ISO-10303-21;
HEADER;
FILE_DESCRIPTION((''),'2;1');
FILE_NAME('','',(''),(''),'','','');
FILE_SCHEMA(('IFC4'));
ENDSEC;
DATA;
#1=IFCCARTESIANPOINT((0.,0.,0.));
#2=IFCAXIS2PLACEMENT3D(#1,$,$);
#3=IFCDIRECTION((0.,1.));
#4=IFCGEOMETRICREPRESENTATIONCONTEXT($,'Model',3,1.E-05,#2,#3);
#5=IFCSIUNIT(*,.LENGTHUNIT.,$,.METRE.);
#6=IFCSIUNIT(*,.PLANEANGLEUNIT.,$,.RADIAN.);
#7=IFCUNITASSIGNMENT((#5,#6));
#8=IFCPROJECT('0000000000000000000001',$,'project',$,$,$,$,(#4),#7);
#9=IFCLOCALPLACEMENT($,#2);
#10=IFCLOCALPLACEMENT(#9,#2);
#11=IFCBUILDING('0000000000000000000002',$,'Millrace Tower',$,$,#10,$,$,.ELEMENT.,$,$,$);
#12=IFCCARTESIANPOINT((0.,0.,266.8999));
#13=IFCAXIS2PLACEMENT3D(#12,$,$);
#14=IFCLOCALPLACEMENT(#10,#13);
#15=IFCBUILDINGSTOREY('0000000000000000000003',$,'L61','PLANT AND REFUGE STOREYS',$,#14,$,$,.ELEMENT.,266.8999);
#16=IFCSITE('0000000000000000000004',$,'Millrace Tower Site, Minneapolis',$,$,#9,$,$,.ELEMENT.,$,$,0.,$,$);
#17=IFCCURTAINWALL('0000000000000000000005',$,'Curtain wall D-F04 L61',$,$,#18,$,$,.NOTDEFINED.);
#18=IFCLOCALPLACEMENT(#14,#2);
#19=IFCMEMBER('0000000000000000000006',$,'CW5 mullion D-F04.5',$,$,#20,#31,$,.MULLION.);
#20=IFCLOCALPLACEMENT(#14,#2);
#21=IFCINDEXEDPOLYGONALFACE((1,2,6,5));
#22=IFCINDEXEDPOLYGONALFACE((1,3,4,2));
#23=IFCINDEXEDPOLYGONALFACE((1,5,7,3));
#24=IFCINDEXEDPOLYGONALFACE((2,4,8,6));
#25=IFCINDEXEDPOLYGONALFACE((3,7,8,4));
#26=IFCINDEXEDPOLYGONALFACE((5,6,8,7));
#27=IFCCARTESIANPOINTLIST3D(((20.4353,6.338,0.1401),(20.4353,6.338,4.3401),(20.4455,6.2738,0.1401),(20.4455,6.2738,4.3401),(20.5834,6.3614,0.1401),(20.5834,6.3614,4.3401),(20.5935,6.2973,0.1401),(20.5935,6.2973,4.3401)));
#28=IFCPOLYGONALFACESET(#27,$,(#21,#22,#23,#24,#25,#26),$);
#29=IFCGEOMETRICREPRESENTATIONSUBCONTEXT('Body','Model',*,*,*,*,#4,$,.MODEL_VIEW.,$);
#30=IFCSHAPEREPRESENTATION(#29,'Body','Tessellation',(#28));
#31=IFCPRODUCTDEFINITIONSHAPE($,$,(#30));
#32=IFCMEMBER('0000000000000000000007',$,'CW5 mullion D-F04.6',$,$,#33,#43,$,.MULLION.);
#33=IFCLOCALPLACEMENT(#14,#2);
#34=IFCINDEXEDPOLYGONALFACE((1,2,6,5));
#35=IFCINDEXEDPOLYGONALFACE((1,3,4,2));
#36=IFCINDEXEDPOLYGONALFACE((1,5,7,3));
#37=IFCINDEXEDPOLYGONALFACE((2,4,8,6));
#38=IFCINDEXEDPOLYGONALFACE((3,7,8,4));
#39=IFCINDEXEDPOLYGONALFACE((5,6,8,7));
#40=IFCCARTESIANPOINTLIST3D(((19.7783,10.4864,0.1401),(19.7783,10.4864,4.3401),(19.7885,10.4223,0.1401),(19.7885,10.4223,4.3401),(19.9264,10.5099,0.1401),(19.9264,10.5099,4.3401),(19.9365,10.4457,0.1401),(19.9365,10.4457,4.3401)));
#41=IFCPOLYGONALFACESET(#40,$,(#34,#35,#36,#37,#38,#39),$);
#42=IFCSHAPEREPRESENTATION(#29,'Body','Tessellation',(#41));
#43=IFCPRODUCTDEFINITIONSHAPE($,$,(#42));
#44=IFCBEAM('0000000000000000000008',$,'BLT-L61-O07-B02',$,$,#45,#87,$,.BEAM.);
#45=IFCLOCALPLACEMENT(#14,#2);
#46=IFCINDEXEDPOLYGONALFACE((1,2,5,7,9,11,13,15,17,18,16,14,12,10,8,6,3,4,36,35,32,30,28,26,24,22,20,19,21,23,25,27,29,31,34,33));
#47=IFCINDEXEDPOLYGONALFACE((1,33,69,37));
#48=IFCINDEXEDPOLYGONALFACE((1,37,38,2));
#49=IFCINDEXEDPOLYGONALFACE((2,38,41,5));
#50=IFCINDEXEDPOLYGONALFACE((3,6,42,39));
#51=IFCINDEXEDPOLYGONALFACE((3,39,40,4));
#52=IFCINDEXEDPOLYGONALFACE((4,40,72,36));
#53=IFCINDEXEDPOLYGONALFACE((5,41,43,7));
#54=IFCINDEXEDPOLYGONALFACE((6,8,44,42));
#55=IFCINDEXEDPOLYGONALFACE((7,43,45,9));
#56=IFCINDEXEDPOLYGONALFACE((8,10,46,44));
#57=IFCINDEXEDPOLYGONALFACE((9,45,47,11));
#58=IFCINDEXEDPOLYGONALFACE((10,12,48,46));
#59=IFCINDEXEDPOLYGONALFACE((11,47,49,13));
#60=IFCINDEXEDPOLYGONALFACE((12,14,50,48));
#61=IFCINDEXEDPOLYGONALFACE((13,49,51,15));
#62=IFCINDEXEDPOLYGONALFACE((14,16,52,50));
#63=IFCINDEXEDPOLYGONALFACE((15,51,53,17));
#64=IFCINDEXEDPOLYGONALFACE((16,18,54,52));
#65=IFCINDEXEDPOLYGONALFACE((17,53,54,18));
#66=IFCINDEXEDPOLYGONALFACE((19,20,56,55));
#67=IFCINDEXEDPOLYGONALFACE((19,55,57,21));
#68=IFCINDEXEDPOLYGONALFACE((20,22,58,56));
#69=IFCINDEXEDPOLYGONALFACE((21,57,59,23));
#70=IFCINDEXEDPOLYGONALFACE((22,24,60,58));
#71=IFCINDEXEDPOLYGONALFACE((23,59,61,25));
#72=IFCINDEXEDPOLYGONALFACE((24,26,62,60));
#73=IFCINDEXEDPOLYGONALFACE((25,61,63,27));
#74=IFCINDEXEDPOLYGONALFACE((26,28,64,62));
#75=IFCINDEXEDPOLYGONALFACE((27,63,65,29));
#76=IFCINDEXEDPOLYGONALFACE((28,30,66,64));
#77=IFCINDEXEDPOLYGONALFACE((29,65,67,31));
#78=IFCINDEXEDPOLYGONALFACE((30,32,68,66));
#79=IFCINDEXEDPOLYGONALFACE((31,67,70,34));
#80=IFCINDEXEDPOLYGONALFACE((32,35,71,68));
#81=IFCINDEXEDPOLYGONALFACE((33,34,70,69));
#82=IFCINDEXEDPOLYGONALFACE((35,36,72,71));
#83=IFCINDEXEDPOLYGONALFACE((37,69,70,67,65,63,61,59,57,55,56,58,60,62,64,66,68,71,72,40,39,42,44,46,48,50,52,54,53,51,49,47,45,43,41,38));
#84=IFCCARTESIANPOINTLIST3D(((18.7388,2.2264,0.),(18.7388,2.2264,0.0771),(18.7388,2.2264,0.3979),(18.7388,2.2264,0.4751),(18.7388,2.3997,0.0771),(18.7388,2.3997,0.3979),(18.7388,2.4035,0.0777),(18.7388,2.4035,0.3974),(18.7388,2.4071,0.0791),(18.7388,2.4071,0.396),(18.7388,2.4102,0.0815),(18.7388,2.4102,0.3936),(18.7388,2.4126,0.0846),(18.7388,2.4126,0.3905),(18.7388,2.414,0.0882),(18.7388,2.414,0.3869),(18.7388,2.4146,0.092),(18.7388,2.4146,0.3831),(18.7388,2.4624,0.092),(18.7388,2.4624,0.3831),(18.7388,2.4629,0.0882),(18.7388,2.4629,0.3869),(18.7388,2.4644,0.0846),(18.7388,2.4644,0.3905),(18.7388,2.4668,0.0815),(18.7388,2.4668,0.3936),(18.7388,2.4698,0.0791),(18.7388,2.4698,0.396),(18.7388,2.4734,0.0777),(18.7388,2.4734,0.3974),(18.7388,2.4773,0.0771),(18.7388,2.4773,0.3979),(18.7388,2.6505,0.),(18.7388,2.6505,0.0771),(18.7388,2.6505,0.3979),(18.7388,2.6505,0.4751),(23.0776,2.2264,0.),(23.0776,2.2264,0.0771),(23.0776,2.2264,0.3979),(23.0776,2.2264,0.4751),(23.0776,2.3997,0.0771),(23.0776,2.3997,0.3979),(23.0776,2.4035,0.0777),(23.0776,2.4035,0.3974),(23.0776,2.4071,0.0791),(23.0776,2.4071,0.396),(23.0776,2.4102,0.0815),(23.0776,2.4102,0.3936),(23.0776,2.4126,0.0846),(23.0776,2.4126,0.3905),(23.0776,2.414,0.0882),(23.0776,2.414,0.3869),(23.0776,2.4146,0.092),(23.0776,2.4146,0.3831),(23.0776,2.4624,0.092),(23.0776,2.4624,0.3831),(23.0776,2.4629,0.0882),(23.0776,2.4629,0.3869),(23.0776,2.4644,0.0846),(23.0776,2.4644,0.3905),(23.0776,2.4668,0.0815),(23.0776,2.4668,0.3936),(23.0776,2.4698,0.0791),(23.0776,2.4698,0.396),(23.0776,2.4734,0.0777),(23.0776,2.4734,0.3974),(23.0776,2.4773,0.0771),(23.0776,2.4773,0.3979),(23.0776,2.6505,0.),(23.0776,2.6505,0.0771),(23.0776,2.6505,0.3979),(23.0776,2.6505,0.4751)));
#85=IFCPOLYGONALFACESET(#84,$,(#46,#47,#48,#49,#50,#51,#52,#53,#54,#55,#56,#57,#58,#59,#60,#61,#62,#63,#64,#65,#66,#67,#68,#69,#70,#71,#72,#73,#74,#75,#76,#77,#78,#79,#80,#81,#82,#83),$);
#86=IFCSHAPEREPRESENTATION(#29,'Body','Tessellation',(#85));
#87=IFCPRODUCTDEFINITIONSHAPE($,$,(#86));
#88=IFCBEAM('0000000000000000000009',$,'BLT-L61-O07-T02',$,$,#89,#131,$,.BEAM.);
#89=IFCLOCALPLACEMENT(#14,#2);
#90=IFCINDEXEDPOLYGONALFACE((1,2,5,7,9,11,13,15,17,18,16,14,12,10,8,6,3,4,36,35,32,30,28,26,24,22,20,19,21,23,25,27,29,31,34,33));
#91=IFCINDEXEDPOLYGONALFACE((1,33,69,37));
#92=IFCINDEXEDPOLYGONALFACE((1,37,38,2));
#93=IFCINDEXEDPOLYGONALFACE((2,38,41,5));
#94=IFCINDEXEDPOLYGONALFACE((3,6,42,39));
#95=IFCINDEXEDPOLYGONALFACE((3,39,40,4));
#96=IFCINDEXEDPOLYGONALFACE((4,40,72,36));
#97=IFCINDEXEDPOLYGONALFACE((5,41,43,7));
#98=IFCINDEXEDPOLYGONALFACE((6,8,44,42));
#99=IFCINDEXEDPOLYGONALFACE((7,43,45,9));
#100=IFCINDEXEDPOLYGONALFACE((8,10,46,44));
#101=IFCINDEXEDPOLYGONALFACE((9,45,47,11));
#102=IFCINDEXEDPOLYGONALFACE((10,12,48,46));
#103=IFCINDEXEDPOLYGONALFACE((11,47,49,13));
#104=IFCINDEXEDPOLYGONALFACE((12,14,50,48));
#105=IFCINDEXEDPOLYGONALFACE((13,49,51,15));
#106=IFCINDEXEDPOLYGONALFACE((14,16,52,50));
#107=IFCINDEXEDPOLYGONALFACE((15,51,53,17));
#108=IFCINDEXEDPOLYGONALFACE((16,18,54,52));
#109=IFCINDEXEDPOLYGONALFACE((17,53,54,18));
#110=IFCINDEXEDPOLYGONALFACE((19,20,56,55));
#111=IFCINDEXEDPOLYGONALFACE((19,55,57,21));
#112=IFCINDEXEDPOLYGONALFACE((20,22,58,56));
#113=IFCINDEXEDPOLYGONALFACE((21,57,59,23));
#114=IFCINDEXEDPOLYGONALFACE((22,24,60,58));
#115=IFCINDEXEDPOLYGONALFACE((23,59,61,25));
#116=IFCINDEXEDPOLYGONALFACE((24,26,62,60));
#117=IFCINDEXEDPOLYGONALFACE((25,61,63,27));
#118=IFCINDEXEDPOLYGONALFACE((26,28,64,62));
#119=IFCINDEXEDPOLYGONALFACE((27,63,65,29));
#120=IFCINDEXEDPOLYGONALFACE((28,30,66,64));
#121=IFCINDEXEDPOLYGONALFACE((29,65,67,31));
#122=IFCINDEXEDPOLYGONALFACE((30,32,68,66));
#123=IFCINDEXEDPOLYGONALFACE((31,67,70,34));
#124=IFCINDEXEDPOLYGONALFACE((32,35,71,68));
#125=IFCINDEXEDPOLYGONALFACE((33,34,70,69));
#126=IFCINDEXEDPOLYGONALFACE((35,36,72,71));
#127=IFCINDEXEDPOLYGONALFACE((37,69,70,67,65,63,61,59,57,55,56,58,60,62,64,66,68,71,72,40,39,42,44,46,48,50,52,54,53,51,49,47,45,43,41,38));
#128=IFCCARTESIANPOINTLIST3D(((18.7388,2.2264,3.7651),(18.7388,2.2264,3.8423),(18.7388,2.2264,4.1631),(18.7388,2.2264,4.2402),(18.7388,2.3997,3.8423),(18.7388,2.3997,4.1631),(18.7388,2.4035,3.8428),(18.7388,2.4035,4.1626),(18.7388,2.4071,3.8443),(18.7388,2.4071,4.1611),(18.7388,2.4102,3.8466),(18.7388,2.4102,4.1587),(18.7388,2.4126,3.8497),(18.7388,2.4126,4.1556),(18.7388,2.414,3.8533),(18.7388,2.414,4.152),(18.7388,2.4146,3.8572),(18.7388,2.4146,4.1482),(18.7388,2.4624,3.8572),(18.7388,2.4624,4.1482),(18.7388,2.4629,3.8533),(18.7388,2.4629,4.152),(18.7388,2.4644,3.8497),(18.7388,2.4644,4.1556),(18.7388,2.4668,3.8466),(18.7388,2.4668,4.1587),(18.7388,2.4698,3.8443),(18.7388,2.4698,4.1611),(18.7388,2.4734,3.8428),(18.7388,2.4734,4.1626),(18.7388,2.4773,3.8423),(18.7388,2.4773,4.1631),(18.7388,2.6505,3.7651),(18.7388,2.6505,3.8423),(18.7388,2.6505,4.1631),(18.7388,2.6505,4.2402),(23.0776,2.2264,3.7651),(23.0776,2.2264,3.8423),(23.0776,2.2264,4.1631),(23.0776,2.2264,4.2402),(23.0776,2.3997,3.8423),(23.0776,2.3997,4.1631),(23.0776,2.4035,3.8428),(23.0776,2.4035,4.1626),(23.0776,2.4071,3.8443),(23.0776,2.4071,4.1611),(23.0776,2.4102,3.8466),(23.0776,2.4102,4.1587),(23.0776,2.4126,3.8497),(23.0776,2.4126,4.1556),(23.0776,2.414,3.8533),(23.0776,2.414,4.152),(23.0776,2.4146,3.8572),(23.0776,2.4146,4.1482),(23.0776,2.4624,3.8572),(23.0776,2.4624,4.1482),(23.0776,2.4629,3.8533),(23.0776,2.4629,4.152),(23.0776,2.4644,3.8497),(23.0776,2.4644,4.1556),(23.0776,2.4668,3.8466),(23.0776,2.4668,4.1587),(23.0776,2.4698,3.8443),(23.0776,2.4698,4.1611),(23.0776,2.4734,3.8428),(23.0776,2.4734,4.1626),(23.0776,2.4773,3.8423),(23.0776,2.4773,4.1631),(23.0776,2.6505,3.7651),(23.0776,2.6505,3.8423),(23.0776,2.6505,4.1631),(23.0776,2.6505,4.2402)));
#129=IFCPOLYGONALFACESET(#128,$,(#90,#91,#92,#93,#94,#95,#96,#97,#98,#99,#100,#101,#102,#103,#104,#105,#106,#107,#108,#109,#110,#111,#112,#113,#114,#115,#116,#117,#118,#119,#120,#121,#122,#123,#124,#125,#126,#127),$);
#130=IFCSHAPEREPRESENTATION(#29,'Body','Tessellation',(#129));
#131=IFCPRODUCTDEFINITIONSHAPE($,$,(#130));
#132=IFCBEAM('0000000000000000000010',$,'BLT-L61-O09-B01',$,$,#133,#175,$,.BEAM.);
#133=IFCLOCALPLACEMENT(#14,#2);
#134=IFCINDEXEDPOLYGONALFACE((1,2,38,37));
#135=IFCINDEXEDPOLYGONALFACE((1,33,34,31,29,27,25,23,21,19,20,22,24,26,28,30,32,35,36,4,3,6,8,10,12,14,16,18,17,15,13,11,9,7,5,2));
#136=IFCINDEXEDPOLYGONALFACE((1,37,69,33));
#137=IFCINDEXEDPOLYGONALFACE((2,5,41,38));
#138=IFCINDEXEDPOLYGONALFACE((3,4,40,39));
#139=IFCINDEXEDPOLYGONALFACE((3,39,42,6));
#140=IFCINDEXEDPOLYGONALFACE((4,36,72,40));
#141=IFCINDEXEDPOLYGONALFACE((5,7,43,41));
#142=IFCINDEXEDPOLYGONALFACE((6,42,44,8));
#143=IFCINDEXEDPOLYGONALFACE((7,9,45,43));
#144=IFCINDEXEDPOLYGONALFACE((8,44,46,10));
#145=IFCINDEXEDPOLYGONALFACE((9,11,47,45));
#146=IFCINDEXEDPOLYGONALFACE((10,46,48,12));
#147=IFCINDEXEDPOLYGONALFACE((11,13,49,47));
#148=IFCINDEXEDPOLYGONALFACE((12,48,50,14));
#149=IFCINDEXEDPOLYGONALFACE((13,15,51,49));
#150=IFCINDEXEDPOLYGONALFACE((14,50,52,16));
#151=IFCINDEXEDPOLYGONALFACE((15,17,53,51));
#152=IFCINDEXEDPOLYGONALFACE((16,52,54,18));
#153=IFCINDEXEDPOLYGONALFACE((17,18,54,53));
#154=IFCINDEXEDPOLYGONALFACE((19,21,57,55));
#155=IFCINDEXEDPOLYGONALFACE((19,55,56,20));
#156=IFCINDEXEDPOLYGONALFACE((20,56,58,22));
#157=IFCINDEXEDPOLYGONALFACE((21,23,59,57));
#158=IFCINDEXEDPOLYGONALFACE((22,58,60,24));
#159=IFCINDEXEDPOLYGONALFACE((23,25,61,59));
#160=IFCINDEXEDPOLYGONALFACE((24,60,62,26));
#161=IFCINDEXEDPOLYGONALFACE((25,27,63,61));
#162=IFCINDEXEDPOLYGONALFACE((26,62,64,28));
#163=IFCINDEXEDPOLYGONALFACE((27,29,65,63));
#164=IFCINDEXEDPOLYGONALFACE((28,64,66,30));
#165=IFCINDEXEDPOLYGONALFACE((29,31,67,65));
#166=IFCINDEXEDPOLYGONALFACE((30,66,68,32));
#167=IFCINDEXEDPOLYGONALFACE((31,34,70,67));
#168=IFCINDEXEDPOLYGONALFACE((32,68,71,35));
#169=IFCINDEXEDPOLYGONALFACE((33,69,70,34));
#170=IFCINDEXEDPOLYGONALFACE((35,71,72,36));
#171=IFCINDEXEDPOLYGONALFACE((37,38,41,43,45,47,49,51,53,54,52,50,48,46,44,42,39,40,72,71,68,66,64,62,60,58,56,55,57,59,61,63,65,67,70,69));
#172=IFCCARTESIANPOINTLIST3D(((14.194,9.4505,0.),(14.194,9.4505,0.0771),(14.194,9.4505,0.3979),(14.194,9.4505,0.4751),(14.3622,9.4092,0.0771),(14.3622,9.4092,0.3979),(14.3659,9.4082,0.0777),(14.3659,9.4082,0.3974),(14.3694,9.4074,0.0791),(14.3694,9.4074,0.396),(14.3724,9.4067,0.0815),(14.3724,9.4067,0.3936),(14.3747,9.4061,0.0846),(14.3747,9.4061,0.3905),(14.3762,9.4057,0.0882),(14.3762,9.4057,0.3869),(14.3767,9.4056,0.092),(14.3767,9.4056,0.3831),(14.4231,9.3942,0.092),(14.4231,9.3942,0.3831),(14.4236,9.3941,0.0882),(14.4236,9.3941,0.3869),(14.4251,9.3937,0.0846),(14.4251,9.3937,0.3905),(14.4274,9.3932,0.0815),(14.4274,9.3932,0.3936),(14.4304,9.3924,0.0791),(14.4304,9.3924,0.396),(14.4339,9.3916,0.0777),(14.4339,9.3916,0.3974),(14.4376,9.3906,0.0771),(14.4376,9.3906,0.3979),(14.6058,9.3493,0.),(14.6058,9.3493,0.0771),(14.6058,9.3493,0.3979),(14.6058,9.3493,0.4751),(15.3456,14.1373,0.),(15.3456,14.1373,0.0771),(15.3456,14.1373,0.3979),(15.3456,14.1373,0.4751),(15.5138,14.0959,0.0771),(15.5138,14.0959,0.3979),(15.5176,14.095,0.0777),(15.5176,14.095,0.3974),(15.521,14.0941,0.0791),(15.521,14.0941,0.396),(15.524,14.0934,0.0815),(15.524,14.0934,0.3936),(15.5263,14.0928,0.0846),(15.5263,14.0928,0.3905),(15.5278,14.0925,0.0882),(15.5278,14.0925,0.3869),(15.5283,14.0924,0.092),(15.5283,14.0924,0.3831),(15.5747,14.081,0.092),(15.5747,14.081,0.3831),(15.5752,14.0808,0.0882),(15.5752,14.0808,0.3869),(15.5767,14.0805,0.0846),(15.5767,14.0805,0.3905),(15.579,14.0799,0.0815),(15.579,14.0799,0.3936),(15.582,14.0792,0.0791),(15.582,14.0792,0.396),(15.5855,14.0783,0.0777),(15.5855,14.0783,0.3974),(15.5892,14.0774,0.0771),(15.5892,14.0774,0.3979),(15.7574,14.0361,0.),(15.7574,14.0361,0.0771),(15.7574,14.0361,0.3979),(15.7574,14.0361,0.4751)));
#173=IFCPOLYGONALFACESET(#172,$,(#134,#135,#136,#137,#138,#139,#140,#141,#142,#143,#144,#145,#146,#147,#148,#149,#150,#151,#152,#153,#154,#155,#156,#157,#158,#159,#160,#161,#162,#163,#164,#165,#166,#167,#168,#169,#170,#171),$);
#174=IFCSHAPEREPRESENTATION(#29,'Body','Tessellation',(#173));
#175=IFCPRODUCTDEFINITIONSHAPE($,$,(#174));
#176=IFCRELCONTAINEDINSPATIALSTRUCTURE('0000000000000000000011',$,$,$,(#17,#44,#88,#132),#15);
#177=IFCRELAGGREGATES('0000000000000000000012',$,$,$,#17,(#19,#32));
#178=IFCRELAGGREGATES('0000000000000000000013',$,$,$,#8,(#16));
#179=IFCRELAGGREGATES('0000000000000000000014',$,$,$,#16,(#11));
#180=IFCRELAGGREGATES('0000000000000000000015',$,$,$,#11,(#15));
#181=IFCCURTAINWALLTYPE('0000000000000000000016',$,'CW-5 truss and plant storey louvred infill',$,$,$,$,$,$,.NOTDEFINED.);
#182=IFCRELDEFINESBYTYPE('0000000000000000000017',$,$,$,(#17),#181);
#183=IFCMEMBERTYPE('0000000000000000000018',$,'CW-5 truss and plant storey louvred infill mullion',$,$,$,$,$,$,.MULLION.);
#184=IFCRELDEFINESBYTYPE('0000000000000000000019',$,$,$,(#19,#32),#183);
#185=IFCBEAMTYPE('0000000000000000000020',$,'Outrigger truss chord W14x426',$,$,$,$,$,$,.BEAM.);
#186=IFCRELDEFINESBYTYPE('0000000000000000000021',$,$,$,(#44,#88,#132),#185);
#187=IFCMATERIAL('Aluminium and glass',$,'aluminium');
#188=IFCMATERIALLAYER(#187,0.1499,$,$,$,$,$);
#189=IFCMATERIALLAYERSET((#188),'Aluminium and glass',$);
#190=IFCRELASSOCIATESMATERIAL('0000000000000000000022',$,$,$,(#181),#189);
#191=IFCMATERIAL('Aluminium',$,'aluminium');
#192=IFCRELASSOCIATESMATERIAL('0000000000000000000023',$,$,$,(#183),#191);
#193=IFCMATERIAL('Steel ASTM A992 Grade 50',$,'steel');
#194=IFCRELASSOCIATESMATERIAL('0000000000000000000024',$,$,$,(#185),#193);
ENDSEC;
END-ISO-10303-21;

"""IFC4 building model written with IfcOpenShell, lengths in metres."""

from ifc_helpers import new_model, si_unit, direction, frame, origin, origin_2d, place, context, subcontext, project, spatial, rectangle, i_section, extrude, material, layer, layer_set, material_profile, profile_set, type_object, element, aggregate, save


model = new_model("IFC4")

# Units and contexts
model_context = context("Model", 3, precision=1e-05, world=origin(), true_north=direction((0.0, 1.0)))
body_context = subcontext(model_context, "Body", "Model", "MODEL_VIEW")
ifc_project = project(units=[si_unit("LENGTHUNIT", "METRE"), si_unit("PLANEANGLEUNIT", "RADIAN")], contexts=[model_context])

# Site, building, storey
site_placement = place(None, origin())
site = spatial("IfcSite", under=ifc_project, at=site_placement, Name="Millrace Tower Site, Minneapolis", CompositionType="ELEMENT", RefElevation=0.0)
building_placement = place(site_placement, origin())
building = spatial("IfcBuilding", under=site, at=building_placement, Name="Millrace Tower", CompositionType="ELEMENT")
storey_placement = place(building_placement, frame((0.0, 0.0, 266.8999)))
storey = spatial("IfcBuildingStorey", under=building, at=storey_placement, Name="L61", Description="PLANT AND REFUGE STOREYS", CompositionType="ELEMENT", Elevation=266.8999)

# Curtain wall, members
ifc_material_1 = material(Name="Aluminium and glass", Category="aluminium")
ifc_layer_1 = layer(ifc_material_1, 0.1499)
ifc_layer_set_1 = layer_set([ifc_layer_1], Name="Aluminium and glass")
curtain_wall_type = type_object("IfcCurtainWallType", Name="CW-5 truss and plant storey louvred infill", PredefinedType="NOTDEFINED", material=ifc_layer_set_1)
curtain_wall_placement = place(storey_placement, origin())
curtain_wall = element("IfcCurtainWall", 1, at=curtain_wall_placement, inside=storey, type_object=curtain_wall_type, Name="Curtain wall D-F04 L61", PredefinedType="NOTDEFINED")
ifc_material_2 = material(Name="Aluminium", Category="aluminium")
ifc_material_profile_1 = material_profile(ifc_material_2, rectangle(XDim=0.0649, YDim=0.1499, at=origin_2d()))
ifc_profile_set_1 = profile_set([ifc_material_profile_1], Name="Aluminium")
member_type_1 = type_object("IfcMemberType", Name="CW-5 truss and plant storey louvred infill mullion", PredefinedType="MULLION", material=ifc_profile_set_1)
member_1_placement = place(storey_placement, frame((20.5144, 6.3176, 0.1401), z_axis=(0.0, 0.0, 1.0), x_axis=(-0.156434, 0.987688, 0.0)))
member_1 = element("IfcMember", 2, at=member_1_placement, type_object=member_type_1, Name="CW5 mullion D-F04.5", PredefinedType="MULLION", context=body_context, shape_type="SweptSolid", body=[
    extrude(rectangle(XDim=0.0649, YDim=0.1499, at=origin_2d()), origin(), (0.0, 0.0, 1.0), 4.2),
])
member_2_placement = place(storey_placement, frame((19.8574, 10.4661, 0.1401), z_axis=(0.0, 0.0, 1.0), x_axis=(-0.156434, 0.987688, 0.0)))
member_2 = element("IfcMember", 3, at=member_2_placement, type_object=member_type_1, Name="CW5 mullion D-F04.6", PredefinedType="MULLION", context=body_context, shape_type="SweptSolid", body=[
    extrude(rectangle(XDim=0.0649, YDim=0.1499, at=origin_2d()), origin(), (0.0, 0.0, 1.0), 4.2),
])
aggregate(curtain_wall, [member_1, member_2])

# Beams
ifc_material_3 = material(Name="Steel ASTM A992 Grade 50", Category="steel")
ifc_material_profile_2 = material_profile(ifc_material_3, i_section(OverallWidth=0.4241, OverallDepth=0.4751, WebThickness=0.0479, FlangeThickness=0.0771, FilletRadius=0.0149, at=origin_2d()))
ifc_profile_set_2 = profile_set([ifc_material_profile_2], Name="Steel ASTM A992 Grade 50")
beam_type_1 = type_object("IfcBeamType", Name="Outrigger truss chord W14x426", PredefinedType="BEAM", material=ifc_profile_set_2)
for number, where, z_axis, x_axis, name in (
    (4, (18.7388, 2.4385, 0.2375), (1.0, 0.0, 0.0), (0.0, 1.0, 0.0), "BLT-L61-O07-B02"),
    (5, (18.7388, 2.4385, 4.0027), (1.0, 0.0, 0.0), (0.0, 1.0, 0.0), "BLT-L61-O07-T02"),
):
    element("IfcBeam", number, at=place(storey_placement, frame(where, z_axis=z_axis, x_axis=x_axis)), inside=storey, type_object=beam_type_1, Name=name, PredefinedType="BEAM", context=body_context, shape_type="SweptSolid", body=[
        extrude(i_section(OverallWidth=0.4241, OverallDepth=0.4751, WebThickness=0.0479, FlangeThickness=0.0771, FilletRadius=0.0149, at=origin_2d()), origin(), (0.0, 0.0, 1.0), 4.3389),
    ])
beam_1_placement = place(storey_placement, frame((14.3999, 9.3999, 0.2375), z_axis=(0.238618, 0.971114, 0.0), x_axis=(-0.971114, 0.238618, 0.0)))
element("IfcBeam", 6, at=beam_1_placement, inside=storey, type_object=beam_type_1, Name="BLT-L61-O09-B01", PredefinedType="BEAM", context=body_context, shape_type="SweptSolid", body=[
    extrude(i_section(OverallWidth=0.4241, OverallDepth=0.4751, WebThickness=0.0479, FlangeThickness=0.0771, FilletRadius=0.0149, at=origin_2d()), origin(), (0.0, 0.0, 1.0), 4.8262),
])

save(model, "model.ifc")
